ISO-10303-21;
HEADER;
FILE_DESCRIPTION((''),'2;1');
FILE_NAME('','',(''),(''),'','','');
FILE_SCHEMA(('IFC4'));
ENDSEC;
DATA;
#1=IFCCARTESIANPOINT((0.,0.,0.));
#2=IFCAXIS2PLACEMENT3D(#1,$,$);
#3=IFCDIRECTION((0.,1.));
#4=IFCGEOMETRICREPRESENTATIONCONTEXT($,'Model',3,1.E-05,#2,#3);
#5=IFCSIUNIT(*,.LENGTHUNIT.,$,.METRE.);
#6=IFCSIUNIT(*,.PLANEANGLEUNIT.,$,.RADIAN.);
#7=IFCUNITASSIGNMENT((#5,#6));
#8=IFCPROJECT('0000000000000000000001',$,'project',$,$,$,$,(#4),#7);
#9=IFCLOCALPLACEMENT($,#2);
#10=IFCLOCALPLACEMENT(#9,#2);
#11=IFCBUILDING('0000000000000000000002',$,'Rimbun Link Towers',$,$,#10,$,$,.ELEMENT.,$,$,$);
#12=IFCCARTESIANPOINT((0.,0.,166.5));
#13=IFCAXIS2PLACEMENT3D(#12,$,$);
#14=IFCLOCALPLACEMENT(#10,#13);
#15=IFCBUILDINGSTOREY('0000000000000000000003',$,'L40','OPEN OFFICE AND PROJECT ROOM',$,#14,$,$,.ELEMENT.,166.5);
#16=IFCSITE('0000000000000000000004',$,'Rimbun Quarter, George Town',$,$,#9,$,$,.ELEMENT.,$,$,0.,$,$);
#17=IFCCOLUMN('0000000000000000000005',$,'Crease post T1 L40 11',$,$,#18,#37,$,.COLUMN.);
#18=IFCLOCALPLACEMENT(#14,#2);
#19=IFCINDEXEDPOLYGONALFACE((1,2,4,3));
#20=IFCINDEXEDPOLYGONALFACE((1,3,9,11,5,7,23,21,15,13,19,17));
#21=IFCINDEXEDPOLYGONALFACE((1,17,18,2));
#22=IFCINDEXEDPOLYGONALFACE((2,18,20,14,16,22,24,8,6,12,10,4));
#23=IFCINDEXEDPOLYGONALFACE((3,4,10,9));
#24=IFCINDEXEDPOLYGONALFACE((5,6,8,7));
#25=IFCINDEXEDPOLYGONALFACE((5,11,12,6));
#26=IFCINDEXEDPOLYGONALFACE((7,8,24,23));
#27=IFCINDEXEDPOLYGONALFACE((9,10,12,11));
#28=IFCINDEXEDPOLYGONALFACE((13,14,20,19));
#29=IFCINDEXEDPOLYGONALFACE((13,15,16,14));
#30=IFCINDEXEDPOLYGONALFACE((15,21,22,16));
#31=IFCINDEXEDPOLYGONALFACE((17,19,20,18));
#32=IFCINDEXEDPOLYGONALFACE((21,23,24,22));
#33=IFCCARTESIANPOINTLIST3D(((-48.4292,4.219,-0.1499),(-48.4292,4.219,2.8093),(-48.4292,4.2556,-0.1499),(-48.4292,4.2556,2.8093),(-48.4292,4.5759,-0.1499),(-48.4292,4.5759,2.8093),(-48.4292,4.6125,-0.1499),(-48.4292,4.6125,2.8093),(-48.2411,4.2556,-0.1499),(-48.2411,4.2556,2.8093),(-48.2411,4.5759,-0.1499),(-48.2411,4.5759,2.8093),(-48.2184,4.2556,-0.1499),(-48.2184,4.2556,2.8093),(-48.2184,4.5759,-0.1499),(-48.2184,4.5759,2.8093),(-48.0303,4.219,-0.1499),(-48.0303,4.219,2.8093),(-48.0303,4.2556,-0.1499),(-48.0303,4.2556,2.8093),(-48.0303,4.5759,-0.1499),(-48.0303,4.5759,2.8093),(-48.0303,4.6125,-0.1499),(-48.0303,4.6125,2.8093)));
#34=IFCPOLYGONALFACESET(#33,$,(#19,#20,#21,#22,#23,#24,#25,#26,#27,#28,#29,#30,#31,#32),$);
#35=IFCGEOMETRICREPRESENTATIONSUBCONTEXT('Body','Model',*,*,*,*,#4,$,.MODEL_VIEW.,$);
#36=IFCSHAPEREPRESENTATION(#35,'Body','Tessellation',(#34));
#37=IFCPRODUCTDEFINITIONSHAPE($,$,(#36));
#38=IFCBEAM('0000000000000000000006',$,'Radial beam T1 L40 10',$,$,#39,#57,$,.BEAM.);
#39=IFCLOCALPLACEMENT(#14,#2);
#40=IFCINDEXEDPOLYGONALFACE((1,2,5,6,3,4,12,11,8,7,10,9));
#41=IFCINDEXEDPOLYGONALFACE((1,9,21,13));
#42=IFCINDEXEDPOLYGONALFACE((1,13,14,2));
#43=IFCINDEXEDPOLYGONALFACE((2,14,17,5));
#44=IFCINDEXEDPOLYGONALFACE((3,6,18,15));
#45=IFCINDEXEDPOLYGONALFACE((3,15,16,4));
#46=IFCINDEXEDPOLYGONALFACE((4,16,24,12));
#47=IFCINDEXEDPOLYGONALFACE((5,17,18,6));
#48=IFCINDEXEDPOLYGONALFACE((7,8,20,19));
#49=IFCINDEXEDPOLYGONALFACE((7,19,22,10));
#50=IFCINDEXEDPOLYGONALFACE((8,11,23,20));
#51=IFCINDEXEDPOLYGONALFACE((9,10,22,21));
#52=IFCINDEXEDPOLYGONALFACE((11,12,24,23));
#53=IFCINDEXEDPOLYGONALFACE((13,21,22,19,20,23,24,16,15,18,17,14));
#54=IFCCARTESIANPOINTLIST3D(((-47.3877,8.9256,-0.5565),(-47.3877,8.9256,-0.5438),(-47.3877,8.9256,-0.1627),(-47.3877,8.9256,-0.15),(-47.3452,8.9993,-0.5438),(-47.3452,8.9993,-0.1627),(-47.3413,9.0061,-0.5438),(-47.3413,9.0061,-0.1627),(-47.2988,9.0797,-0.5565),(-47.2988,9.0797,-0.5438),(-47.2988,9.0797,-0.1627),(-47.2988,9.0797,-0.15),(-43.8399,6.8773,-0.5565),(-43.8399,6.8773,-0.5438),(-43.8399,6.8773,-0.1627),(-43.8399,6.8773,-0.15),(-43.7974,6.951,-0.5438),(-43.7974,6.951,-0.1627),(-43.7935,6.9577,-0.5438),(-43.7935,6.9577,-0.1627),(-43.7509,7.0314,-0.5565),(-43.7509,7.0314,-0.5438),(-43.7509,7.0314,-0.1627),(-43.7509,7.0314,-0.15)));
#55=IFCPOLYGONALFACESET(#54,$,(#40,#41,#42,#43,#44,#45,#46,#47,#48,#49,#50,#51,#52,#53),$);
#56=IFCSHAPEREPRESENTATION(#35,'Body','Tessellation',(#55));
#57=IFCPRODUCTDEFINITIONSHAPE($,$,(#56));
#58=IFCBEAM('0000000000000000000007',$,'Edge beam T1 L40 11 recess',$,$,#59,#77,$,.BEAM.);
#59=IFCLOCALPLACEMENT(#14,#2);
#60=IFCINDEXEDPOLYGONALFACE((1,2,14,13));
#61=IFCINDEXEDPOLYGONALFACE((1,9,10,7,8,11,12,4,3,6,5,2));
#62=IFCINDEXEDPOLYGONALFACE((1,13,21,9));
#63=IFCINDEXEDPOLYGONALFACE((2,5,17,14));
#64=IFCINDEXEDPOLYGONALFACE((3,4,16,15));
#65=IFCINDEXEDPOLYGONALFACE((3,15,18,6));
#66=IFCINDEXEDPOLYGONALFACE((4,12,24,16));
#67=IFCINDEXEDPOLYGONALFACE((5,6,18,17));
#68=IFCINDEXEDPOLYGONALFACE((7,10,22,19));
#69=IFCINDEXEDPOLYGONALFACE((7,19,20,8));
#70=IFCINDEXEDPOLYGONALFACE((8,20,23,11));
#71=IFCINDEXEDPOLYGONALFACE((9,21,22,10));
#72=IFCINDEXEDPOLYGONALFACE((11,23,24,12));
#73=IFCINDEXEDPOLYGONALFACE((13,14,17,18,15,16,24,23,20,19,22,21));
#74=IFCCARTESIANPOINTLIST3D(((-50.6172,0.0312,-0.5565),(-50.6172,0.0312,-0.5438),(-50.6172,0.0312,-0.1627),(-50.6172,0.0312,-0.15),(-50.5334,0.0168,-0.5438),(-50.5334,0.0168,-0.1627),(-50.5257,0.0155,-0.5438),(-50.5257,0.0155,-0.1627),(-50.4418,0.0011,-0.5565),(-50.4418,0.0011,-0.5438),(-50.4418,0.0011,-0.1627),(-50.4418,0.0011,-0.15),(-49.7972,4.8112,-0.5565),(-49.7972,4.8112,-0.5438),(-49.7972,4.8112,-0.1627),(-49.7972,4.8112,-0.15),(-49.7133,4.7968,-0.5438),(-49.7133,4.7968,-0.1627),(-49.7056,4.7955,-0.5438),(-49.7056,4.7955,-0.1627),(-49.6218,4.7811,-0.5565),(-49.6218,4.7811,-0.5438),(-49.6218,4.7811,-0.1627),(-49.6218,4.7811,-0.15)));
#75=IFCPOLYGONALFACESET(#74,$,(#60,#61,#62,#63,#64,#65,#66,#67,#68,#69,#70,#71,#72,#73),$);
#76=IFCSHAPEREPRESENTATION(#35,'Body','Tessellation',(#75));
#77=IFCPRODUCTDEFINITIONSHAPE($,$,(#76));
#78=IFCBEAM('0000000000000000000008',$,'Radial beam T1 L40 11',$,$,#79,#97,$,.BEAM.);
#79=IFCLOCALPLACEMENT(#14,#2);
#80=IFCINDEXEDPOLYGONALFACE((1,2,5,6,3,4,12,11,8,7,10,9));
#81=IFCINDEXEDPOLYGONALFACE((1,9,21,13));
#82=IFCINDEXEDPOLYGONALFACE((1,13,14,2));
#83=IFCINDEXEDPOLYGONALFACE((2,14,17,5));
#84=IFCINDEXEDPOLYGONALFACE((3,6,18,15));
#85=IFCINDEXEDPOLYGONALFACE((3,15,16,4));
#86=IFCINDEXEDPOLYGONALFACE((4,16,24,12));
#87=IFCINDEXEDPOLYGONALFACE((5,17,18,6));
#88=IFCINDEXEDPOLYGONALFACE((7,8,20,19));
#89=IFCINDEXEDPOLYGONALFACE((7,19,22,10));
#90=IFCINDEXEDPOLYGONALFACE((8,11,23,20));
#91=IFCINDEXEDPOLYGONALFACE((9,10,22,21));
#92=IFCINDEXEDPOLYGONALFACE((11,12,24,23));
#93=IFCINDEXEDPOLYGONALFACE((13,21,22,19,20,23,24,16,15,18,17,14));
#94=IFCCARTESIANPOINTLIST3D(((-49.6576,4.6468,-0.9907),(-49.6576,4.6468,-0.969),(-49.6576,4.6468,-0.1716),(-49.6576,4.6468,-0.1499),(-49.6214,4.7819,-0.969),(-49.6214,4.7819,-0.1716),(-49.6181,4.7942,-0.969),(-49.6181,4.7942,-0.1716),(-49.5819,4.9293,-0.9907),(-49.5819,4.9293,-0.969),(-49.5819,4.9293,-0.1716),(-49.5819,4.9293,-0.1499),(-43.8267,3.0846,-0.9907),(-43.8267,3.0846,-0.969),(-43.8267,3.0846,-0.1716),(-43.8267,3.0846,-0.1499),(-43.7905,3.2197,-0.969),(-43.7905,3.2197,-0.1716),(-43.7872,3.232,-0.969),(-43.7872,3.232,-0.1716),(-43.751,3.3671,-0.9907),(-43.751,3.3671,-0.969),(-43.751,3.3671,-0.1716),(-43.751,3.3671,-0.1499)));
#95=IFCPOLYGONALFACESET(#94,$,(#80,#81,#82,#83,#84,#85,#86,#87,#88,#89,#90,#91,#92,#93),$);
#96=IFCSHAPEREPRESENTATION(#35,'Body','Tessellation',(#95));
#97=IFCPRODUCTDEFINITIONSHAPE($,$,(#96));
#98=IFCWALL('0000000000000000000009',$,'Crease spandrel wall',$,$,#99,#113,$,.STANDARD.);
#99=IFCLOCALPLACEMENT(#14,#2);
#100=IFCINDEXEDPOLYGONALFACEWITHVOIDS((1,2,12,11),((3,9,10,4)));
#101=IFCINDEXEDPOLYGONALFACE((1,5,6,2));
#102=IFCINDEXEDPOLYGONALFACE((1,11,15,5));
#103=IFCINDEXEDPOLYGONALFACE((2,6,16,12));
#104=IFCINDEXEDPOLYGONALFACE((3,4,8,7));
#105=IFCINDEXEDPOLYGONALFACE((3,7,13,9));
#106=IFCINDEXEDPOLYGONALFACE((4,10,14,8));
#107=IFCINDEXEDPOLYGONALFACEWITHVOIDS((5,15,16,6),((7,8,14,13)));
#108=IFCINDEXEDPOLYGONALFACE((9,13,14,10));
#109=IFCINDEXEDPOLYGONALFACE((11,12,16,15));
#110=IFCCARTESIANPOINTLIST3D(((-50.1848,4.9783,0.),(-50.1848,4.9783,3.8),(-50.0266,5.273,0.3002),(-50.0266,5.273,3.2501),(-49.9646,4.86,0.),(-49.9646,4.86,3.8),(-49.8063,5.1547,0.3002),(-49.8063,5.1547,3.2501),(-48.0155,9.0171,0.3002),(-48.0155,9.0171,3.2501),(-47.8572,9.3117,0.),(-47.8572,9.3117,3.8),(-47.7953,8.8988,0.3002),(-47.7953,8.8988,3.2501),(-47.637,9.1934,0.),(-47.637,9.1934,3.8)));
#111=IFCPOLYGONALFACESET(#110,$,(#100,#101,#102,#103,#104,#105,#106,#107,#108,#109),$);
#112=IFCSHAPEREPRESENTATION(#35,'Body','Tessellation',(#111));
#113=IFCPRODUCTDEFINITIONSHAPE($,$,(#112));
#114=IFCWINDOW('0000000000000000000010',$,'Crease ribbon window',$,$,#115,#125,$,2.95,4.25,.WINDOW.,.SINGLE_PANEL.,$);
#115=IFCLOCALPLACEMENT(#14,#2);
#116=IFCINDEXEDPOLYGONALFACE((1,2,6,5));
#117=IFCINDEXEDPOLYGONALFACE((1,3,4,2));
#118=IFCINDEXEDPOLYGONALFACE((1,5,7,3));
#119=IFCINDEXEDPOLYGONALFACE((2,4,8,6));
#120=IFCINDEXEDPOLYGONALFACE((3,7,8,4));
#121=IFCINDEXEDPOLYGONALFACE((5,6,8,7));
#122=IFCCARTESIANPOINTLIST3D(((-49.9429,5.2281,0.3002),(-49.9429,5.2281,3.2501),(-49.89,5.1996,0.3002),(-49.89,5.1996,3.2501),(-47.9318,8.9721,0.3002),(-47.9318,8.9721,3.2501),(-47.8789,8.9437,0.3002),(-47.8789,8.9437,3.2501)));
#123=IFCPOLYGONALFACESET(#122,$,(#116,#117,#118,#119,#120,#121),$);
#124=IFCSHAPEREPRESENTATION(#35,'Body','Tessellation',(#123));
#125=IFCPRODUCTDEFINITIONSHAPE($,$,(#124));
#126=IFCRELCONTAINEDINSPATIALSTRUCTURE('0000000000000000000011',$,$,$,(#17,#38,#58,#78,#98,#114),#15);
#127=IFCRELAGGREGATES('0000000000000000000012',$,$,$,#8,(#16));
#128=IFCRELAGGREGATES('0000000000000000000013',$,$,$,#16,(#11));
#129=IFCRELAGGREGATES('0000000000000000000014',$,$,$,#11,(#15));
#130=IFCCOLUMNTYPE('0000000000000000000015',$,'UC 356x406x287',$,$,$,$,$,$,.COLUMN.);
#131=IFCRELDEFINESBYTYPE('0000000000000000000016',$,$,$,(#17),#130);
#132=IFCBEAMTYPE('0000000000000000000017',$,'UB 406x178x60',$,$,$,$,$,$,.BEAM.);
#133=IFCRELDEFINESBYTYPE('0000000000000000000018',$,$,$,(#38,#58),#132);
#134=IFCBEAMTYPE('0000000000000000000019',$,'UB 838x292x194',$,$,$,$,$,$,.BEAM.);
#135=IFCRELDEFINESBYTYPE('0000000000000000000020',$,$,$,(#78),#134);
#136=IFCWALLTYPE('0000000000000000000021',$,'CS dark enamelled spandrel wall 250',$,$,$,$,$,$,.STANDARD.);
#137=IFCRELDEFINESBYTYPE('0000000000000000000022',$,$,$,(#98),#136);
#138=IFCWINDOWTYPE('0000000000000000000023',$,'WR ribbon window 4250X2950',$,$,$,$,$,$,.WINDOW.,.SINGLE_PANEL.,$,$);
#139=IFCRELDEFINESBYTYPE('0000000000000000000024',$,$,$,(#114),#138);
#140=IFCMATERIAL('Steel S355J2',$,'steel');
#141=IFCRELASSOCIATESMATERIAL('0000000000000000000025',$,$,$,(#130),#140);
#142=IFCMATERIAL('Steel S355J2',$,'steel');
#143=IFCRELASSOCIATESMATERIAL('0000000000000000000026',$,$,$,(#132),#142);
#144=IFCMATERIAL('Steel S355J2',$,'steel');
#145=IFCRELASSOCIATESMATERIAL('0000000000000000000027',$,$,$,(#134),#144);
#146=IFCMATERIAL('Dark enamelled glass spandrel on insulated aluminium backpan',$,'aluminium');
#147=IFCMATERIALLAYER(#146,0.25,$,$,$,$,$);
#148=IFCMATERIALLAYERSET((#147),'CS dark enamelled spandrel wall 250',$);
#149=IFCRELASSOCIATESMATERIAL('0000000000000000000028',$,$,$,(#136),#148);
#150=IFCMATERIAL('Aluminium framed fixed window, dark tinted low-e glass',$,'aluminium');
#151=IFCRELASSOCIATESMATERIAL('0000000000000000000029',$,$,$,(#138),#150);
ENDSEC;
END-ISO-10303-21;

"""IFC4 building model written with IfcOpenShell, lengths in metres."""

from ifc_helpers import new_model, si_unit, direction, frame, frame_2d, origin, origin_2d, place, context, subcontext, project, spatial, rectangle, i_section, extrude, material, layer, layer_set, material_profile, profile_set, type_object, element, fill, save


model = new_model("IFC4")

# Units and contexts
model_context = context("Model", 3, precision=1e-05, world=origin(), true_north=direction((0.0, 1.0)))
body_context = subcontext(model_context, "Body", "Model", "MODEL_VIEW")
ifc_project = project(units=[si_unit("LENGTHUNIT", "METRE"), si_unit("PLANEANGLEUNIT", "RADIAN")], contexts=[model_context])

# Site, building, storey
site_placement = place(None, origin())
site = spatial("IfcSite", under=ifc_project, at=site_placement, Name="Rimbun Quarter, George Town", CompositionType="ELEMENT", RefElevation=0.0)
building_placement = place(site_placement, origin())
building = spatial("IfcBuilding", under=site, at=building_placement, Name="Rimbun Link Towers", CompositionType="ELEMENT")
storey_placement = place(building_placement, frame((0.0, 0.0, 166.5)))
storey = spatial("IfcBuildingStorey", under=building, at=storey_placement, Name="L40", Description="OPEN OFFICE AND PROJECT ROOM", CompositionType="ELEMENT", Elevation=166.5)

# Column
ifc_material_1 = material(Name="Steel S355J2", Category="steel")
ifc_material_profile_1 = material_profile(ifc_material_1, i_section(OverallWidth=0.3989, OverallDepth=0.3936, WebThickness=0.0227, FlangeThickness=0.0366, at=origin_2d()), Name="UC 356x406x287")
ifc_profile_set_1 = profile_set([ifc_material_profile_1], Name="Steel S355J2")
column_type = type_object("IfcColumnType", Name="UC 356x406x287", PredefinedType="COLUMN", material=ifc_profile_set_1)
column_placement = place(storey_placement, frame((-48.2297, 4.4158, -0.1499), z_axis=(0.0, 0.0, 1.0), x_axis=(1.0, 0.0, 0.0)))
element("IfcColumn", 1, at=column_placement, inside=storey, type_object=column_type, Name="Crease post T1 L40 11", PredefinedType="COLUMN", context=body_context, shape_type="SweptSolid", body=[
    extrude(i_section(OverallWidth=0.3989, OverallDepth=0.3936, WebThickness=0.0227, FlangeThickness=0.0366, at=origin_2d()), origin(), (0.0, 0.0, 1.0), 2.9592),
])

# Beams
ifc_material_2 = material(Name="Steel S355J2", Category="steel")
ifc_material_profile_2 = material_profile(ifc_material_2, i_section(OverallWidth=0.178, OverallDepth=0.4065, WebThickness=0.0078, FlangeThickness=0.0127, at=origin_2d()), Name="UB 406x178x60")
ifc_profile_set_2 = profile_set([ifc_material_profile_2], Name="Steel S355J2")
beam_type_1 = type_object("IfcBeamType", Name="UB 406x178x60", PredefinedType="BEAM", material=ifc_profile_set_2)
beam_1_placement = place(storey_placement, frame((-43.7954, 6.9543, -0.3533), z_axis=(-0.866027, 0.499998, 0.0), x_axis=(-0.499998, -0.866027, 0.0)))
element("IfcBeam", 2, at=beam_1_placement, inside=storey, type_object=beam_type_1, Name="Radial beam T1 L40 10", PredefinedType="BEAM", context=body_context, shape_type="SweptSolid", body=[
    extrude(i_section(OverallWidth=0.178, OverallDepth=0.4065, WebThickness=0.0078, FlangeThickness=0.0127, at=origin_2d()), origin(), (0.0, 0.0, 1.0), 4.0967),
])
beam_2_placement = place(storey_placement, frame((-49.7095, 4.7961, -0.3533), z_axis=(-0.169091, -0.9856, 0.0), x_axis=(0.9856, -0.169091, 0.0)))
element("IfcBeam", 3, at=beam_2_placement, inside=storey, type_object=beam_type_1, Name="Edge beam T1 L40 11 recess", PredefinedType="BEAM", context=body_context, shape_type="SweptSolid", body=[
    extrude(i_section(OverallWidth=0.178, OverallDepth=0.4065, WebThickness=0.0078, FlangeThickness=0.0127, at=origin_2d()), origin(), (0.0, 0.0, 1.0), 4.8499),
])
ifc_material_3 = material(Name="Steel S355J2", Category="steel")
ifc_material_profile_3 = material_profile(ifc_material_3, i_section(OverallWidth=0.2925, OverallDepth=0.8408, WebThickness=0.0127, FlangeThickness=0.0217, at=origin_2d()), Name="UB 838x292x194")
ifc_profile_set_3 = profile_set([ifc_material_profile_3], Name="Steel S355J2")
beam_type_2 = type_object("IfcBeamType", Name="UB 838x292x194", PredefinedType="BEAM", material=ifc_profile_set_3)
beam_3_placement = place(storey_placement, frame((-43.7888, 3.2258, -0.5703), z_axis=(-0.965933, 0.258793, 0.0), x_axis=(-0.258793, -0.965933, 0.0)))
element("IfcBeam", 4, at=beam_3_placement, inside=storey, type_object=beam_type_2, Name="Radial beam T1 L40 11", PredefinedType="BEAM", context=body_context, shape_type="SweptSolid", body=[
    extrude(i_section(OverallWidth=0.2925, OverallDepth=0.8408, WebThickness=0.0127, FlangeThickness=0.0217, at=origin_2d()), origin(), (0.0, 0.0, 1.0), 6.0366),
])

# Wall, opening, window
ifc_material_4 = material(Name="Dark enamelled glass spandrel on insulated aluminium backpan", Category="aluminium")
ifc_layer_1 = layer(ifc_material_4, 0.25)
ifc_layer_set_1 = layer_set([ifc_layer_1], Name="CS dark enamelled spandrel wall 250")
wall_type_1 = type_object("IfcWallType", Name="CS dark enamelled spandrel wall 250", PredefinedType="STANDARD", material=ifc_layer_set_1)
wall_1_placement = place(storey_placement, frame((-50.0747, 4.9192, 0.0), z_axis=(0.0, 0.0, 1.0), x_axis=(0.473188, 0.880961, 0.0)))
wall_1 = element("IfcWall", 5, at=wall_1_placement, inside=storey, type_object=wall_type_1, Name="Crease spandrel wall", PredefinedType="STANDARD", context=body_context, shape_type="SweptSolid", body=[
    extrude(rectangle(XDim=4.9189, YDim=0.25, at=frame_2d((2.4595, 0.0))), origin(), (0.0, 0.0, 1.0), 3.8),
])
opening_1_placement = place(wall_1_placement, frame((0.3345, 0.0, 0.3)))
opening_1 = element("IfcOpeningElement", 6, at=opening_1_placement, cuts=wall_1, PredefinedType="OPENING", context=body_context, shape_type="SweptSolid", body=[
    extrude(rectangle(XDim=4.25, YDim=2.95, at=frame_2d((2.125, 1.4751))), frame((0.0, 0.135, 0.0), z_axis=(0.0, -1.0, 0.0), x_axis=(1.0, 0.0, 0.0)), (0.0, 0.0, 1.0), 0.27),
])
ifc_material_5 = material(Name="Aluminium framed fixed window, dark tinted low-e glass", Category="aluminium")
window_type = type_object("IfcWindowType", Name="WR ribbon window 4250X2950", PartitioningType="SINGLE_PANEL", PredefinedType="WINDOW", material=ifc_material_5)
window_placement = place(opening_1_placement, origin())
window = element("IfcWindow", 7, at=window_placement, inside=storey, type_object=window_type, Name="Crease ribbon window", OverallHeight=2.95, OverallWidth=4.25, PartitioningType="SINGLE_PANEL", PredefinedType="WINDOW", context=body_context, shape_type="SweptSolid", body=[
    extrude(rectangle(XDim=4.25, YDim=2.95, at=frame_2d((2.125, 1.4751))), frame((0.0, 0.03, 0.0), z_axis=(0.0, -1.0, 0.0), x_axis=(1.0, 0.0, 0.0)), (0.0, 0.0, 1.0), 0.0601),
])
fill(opening_1, window)

save(model, "model.ifc")
